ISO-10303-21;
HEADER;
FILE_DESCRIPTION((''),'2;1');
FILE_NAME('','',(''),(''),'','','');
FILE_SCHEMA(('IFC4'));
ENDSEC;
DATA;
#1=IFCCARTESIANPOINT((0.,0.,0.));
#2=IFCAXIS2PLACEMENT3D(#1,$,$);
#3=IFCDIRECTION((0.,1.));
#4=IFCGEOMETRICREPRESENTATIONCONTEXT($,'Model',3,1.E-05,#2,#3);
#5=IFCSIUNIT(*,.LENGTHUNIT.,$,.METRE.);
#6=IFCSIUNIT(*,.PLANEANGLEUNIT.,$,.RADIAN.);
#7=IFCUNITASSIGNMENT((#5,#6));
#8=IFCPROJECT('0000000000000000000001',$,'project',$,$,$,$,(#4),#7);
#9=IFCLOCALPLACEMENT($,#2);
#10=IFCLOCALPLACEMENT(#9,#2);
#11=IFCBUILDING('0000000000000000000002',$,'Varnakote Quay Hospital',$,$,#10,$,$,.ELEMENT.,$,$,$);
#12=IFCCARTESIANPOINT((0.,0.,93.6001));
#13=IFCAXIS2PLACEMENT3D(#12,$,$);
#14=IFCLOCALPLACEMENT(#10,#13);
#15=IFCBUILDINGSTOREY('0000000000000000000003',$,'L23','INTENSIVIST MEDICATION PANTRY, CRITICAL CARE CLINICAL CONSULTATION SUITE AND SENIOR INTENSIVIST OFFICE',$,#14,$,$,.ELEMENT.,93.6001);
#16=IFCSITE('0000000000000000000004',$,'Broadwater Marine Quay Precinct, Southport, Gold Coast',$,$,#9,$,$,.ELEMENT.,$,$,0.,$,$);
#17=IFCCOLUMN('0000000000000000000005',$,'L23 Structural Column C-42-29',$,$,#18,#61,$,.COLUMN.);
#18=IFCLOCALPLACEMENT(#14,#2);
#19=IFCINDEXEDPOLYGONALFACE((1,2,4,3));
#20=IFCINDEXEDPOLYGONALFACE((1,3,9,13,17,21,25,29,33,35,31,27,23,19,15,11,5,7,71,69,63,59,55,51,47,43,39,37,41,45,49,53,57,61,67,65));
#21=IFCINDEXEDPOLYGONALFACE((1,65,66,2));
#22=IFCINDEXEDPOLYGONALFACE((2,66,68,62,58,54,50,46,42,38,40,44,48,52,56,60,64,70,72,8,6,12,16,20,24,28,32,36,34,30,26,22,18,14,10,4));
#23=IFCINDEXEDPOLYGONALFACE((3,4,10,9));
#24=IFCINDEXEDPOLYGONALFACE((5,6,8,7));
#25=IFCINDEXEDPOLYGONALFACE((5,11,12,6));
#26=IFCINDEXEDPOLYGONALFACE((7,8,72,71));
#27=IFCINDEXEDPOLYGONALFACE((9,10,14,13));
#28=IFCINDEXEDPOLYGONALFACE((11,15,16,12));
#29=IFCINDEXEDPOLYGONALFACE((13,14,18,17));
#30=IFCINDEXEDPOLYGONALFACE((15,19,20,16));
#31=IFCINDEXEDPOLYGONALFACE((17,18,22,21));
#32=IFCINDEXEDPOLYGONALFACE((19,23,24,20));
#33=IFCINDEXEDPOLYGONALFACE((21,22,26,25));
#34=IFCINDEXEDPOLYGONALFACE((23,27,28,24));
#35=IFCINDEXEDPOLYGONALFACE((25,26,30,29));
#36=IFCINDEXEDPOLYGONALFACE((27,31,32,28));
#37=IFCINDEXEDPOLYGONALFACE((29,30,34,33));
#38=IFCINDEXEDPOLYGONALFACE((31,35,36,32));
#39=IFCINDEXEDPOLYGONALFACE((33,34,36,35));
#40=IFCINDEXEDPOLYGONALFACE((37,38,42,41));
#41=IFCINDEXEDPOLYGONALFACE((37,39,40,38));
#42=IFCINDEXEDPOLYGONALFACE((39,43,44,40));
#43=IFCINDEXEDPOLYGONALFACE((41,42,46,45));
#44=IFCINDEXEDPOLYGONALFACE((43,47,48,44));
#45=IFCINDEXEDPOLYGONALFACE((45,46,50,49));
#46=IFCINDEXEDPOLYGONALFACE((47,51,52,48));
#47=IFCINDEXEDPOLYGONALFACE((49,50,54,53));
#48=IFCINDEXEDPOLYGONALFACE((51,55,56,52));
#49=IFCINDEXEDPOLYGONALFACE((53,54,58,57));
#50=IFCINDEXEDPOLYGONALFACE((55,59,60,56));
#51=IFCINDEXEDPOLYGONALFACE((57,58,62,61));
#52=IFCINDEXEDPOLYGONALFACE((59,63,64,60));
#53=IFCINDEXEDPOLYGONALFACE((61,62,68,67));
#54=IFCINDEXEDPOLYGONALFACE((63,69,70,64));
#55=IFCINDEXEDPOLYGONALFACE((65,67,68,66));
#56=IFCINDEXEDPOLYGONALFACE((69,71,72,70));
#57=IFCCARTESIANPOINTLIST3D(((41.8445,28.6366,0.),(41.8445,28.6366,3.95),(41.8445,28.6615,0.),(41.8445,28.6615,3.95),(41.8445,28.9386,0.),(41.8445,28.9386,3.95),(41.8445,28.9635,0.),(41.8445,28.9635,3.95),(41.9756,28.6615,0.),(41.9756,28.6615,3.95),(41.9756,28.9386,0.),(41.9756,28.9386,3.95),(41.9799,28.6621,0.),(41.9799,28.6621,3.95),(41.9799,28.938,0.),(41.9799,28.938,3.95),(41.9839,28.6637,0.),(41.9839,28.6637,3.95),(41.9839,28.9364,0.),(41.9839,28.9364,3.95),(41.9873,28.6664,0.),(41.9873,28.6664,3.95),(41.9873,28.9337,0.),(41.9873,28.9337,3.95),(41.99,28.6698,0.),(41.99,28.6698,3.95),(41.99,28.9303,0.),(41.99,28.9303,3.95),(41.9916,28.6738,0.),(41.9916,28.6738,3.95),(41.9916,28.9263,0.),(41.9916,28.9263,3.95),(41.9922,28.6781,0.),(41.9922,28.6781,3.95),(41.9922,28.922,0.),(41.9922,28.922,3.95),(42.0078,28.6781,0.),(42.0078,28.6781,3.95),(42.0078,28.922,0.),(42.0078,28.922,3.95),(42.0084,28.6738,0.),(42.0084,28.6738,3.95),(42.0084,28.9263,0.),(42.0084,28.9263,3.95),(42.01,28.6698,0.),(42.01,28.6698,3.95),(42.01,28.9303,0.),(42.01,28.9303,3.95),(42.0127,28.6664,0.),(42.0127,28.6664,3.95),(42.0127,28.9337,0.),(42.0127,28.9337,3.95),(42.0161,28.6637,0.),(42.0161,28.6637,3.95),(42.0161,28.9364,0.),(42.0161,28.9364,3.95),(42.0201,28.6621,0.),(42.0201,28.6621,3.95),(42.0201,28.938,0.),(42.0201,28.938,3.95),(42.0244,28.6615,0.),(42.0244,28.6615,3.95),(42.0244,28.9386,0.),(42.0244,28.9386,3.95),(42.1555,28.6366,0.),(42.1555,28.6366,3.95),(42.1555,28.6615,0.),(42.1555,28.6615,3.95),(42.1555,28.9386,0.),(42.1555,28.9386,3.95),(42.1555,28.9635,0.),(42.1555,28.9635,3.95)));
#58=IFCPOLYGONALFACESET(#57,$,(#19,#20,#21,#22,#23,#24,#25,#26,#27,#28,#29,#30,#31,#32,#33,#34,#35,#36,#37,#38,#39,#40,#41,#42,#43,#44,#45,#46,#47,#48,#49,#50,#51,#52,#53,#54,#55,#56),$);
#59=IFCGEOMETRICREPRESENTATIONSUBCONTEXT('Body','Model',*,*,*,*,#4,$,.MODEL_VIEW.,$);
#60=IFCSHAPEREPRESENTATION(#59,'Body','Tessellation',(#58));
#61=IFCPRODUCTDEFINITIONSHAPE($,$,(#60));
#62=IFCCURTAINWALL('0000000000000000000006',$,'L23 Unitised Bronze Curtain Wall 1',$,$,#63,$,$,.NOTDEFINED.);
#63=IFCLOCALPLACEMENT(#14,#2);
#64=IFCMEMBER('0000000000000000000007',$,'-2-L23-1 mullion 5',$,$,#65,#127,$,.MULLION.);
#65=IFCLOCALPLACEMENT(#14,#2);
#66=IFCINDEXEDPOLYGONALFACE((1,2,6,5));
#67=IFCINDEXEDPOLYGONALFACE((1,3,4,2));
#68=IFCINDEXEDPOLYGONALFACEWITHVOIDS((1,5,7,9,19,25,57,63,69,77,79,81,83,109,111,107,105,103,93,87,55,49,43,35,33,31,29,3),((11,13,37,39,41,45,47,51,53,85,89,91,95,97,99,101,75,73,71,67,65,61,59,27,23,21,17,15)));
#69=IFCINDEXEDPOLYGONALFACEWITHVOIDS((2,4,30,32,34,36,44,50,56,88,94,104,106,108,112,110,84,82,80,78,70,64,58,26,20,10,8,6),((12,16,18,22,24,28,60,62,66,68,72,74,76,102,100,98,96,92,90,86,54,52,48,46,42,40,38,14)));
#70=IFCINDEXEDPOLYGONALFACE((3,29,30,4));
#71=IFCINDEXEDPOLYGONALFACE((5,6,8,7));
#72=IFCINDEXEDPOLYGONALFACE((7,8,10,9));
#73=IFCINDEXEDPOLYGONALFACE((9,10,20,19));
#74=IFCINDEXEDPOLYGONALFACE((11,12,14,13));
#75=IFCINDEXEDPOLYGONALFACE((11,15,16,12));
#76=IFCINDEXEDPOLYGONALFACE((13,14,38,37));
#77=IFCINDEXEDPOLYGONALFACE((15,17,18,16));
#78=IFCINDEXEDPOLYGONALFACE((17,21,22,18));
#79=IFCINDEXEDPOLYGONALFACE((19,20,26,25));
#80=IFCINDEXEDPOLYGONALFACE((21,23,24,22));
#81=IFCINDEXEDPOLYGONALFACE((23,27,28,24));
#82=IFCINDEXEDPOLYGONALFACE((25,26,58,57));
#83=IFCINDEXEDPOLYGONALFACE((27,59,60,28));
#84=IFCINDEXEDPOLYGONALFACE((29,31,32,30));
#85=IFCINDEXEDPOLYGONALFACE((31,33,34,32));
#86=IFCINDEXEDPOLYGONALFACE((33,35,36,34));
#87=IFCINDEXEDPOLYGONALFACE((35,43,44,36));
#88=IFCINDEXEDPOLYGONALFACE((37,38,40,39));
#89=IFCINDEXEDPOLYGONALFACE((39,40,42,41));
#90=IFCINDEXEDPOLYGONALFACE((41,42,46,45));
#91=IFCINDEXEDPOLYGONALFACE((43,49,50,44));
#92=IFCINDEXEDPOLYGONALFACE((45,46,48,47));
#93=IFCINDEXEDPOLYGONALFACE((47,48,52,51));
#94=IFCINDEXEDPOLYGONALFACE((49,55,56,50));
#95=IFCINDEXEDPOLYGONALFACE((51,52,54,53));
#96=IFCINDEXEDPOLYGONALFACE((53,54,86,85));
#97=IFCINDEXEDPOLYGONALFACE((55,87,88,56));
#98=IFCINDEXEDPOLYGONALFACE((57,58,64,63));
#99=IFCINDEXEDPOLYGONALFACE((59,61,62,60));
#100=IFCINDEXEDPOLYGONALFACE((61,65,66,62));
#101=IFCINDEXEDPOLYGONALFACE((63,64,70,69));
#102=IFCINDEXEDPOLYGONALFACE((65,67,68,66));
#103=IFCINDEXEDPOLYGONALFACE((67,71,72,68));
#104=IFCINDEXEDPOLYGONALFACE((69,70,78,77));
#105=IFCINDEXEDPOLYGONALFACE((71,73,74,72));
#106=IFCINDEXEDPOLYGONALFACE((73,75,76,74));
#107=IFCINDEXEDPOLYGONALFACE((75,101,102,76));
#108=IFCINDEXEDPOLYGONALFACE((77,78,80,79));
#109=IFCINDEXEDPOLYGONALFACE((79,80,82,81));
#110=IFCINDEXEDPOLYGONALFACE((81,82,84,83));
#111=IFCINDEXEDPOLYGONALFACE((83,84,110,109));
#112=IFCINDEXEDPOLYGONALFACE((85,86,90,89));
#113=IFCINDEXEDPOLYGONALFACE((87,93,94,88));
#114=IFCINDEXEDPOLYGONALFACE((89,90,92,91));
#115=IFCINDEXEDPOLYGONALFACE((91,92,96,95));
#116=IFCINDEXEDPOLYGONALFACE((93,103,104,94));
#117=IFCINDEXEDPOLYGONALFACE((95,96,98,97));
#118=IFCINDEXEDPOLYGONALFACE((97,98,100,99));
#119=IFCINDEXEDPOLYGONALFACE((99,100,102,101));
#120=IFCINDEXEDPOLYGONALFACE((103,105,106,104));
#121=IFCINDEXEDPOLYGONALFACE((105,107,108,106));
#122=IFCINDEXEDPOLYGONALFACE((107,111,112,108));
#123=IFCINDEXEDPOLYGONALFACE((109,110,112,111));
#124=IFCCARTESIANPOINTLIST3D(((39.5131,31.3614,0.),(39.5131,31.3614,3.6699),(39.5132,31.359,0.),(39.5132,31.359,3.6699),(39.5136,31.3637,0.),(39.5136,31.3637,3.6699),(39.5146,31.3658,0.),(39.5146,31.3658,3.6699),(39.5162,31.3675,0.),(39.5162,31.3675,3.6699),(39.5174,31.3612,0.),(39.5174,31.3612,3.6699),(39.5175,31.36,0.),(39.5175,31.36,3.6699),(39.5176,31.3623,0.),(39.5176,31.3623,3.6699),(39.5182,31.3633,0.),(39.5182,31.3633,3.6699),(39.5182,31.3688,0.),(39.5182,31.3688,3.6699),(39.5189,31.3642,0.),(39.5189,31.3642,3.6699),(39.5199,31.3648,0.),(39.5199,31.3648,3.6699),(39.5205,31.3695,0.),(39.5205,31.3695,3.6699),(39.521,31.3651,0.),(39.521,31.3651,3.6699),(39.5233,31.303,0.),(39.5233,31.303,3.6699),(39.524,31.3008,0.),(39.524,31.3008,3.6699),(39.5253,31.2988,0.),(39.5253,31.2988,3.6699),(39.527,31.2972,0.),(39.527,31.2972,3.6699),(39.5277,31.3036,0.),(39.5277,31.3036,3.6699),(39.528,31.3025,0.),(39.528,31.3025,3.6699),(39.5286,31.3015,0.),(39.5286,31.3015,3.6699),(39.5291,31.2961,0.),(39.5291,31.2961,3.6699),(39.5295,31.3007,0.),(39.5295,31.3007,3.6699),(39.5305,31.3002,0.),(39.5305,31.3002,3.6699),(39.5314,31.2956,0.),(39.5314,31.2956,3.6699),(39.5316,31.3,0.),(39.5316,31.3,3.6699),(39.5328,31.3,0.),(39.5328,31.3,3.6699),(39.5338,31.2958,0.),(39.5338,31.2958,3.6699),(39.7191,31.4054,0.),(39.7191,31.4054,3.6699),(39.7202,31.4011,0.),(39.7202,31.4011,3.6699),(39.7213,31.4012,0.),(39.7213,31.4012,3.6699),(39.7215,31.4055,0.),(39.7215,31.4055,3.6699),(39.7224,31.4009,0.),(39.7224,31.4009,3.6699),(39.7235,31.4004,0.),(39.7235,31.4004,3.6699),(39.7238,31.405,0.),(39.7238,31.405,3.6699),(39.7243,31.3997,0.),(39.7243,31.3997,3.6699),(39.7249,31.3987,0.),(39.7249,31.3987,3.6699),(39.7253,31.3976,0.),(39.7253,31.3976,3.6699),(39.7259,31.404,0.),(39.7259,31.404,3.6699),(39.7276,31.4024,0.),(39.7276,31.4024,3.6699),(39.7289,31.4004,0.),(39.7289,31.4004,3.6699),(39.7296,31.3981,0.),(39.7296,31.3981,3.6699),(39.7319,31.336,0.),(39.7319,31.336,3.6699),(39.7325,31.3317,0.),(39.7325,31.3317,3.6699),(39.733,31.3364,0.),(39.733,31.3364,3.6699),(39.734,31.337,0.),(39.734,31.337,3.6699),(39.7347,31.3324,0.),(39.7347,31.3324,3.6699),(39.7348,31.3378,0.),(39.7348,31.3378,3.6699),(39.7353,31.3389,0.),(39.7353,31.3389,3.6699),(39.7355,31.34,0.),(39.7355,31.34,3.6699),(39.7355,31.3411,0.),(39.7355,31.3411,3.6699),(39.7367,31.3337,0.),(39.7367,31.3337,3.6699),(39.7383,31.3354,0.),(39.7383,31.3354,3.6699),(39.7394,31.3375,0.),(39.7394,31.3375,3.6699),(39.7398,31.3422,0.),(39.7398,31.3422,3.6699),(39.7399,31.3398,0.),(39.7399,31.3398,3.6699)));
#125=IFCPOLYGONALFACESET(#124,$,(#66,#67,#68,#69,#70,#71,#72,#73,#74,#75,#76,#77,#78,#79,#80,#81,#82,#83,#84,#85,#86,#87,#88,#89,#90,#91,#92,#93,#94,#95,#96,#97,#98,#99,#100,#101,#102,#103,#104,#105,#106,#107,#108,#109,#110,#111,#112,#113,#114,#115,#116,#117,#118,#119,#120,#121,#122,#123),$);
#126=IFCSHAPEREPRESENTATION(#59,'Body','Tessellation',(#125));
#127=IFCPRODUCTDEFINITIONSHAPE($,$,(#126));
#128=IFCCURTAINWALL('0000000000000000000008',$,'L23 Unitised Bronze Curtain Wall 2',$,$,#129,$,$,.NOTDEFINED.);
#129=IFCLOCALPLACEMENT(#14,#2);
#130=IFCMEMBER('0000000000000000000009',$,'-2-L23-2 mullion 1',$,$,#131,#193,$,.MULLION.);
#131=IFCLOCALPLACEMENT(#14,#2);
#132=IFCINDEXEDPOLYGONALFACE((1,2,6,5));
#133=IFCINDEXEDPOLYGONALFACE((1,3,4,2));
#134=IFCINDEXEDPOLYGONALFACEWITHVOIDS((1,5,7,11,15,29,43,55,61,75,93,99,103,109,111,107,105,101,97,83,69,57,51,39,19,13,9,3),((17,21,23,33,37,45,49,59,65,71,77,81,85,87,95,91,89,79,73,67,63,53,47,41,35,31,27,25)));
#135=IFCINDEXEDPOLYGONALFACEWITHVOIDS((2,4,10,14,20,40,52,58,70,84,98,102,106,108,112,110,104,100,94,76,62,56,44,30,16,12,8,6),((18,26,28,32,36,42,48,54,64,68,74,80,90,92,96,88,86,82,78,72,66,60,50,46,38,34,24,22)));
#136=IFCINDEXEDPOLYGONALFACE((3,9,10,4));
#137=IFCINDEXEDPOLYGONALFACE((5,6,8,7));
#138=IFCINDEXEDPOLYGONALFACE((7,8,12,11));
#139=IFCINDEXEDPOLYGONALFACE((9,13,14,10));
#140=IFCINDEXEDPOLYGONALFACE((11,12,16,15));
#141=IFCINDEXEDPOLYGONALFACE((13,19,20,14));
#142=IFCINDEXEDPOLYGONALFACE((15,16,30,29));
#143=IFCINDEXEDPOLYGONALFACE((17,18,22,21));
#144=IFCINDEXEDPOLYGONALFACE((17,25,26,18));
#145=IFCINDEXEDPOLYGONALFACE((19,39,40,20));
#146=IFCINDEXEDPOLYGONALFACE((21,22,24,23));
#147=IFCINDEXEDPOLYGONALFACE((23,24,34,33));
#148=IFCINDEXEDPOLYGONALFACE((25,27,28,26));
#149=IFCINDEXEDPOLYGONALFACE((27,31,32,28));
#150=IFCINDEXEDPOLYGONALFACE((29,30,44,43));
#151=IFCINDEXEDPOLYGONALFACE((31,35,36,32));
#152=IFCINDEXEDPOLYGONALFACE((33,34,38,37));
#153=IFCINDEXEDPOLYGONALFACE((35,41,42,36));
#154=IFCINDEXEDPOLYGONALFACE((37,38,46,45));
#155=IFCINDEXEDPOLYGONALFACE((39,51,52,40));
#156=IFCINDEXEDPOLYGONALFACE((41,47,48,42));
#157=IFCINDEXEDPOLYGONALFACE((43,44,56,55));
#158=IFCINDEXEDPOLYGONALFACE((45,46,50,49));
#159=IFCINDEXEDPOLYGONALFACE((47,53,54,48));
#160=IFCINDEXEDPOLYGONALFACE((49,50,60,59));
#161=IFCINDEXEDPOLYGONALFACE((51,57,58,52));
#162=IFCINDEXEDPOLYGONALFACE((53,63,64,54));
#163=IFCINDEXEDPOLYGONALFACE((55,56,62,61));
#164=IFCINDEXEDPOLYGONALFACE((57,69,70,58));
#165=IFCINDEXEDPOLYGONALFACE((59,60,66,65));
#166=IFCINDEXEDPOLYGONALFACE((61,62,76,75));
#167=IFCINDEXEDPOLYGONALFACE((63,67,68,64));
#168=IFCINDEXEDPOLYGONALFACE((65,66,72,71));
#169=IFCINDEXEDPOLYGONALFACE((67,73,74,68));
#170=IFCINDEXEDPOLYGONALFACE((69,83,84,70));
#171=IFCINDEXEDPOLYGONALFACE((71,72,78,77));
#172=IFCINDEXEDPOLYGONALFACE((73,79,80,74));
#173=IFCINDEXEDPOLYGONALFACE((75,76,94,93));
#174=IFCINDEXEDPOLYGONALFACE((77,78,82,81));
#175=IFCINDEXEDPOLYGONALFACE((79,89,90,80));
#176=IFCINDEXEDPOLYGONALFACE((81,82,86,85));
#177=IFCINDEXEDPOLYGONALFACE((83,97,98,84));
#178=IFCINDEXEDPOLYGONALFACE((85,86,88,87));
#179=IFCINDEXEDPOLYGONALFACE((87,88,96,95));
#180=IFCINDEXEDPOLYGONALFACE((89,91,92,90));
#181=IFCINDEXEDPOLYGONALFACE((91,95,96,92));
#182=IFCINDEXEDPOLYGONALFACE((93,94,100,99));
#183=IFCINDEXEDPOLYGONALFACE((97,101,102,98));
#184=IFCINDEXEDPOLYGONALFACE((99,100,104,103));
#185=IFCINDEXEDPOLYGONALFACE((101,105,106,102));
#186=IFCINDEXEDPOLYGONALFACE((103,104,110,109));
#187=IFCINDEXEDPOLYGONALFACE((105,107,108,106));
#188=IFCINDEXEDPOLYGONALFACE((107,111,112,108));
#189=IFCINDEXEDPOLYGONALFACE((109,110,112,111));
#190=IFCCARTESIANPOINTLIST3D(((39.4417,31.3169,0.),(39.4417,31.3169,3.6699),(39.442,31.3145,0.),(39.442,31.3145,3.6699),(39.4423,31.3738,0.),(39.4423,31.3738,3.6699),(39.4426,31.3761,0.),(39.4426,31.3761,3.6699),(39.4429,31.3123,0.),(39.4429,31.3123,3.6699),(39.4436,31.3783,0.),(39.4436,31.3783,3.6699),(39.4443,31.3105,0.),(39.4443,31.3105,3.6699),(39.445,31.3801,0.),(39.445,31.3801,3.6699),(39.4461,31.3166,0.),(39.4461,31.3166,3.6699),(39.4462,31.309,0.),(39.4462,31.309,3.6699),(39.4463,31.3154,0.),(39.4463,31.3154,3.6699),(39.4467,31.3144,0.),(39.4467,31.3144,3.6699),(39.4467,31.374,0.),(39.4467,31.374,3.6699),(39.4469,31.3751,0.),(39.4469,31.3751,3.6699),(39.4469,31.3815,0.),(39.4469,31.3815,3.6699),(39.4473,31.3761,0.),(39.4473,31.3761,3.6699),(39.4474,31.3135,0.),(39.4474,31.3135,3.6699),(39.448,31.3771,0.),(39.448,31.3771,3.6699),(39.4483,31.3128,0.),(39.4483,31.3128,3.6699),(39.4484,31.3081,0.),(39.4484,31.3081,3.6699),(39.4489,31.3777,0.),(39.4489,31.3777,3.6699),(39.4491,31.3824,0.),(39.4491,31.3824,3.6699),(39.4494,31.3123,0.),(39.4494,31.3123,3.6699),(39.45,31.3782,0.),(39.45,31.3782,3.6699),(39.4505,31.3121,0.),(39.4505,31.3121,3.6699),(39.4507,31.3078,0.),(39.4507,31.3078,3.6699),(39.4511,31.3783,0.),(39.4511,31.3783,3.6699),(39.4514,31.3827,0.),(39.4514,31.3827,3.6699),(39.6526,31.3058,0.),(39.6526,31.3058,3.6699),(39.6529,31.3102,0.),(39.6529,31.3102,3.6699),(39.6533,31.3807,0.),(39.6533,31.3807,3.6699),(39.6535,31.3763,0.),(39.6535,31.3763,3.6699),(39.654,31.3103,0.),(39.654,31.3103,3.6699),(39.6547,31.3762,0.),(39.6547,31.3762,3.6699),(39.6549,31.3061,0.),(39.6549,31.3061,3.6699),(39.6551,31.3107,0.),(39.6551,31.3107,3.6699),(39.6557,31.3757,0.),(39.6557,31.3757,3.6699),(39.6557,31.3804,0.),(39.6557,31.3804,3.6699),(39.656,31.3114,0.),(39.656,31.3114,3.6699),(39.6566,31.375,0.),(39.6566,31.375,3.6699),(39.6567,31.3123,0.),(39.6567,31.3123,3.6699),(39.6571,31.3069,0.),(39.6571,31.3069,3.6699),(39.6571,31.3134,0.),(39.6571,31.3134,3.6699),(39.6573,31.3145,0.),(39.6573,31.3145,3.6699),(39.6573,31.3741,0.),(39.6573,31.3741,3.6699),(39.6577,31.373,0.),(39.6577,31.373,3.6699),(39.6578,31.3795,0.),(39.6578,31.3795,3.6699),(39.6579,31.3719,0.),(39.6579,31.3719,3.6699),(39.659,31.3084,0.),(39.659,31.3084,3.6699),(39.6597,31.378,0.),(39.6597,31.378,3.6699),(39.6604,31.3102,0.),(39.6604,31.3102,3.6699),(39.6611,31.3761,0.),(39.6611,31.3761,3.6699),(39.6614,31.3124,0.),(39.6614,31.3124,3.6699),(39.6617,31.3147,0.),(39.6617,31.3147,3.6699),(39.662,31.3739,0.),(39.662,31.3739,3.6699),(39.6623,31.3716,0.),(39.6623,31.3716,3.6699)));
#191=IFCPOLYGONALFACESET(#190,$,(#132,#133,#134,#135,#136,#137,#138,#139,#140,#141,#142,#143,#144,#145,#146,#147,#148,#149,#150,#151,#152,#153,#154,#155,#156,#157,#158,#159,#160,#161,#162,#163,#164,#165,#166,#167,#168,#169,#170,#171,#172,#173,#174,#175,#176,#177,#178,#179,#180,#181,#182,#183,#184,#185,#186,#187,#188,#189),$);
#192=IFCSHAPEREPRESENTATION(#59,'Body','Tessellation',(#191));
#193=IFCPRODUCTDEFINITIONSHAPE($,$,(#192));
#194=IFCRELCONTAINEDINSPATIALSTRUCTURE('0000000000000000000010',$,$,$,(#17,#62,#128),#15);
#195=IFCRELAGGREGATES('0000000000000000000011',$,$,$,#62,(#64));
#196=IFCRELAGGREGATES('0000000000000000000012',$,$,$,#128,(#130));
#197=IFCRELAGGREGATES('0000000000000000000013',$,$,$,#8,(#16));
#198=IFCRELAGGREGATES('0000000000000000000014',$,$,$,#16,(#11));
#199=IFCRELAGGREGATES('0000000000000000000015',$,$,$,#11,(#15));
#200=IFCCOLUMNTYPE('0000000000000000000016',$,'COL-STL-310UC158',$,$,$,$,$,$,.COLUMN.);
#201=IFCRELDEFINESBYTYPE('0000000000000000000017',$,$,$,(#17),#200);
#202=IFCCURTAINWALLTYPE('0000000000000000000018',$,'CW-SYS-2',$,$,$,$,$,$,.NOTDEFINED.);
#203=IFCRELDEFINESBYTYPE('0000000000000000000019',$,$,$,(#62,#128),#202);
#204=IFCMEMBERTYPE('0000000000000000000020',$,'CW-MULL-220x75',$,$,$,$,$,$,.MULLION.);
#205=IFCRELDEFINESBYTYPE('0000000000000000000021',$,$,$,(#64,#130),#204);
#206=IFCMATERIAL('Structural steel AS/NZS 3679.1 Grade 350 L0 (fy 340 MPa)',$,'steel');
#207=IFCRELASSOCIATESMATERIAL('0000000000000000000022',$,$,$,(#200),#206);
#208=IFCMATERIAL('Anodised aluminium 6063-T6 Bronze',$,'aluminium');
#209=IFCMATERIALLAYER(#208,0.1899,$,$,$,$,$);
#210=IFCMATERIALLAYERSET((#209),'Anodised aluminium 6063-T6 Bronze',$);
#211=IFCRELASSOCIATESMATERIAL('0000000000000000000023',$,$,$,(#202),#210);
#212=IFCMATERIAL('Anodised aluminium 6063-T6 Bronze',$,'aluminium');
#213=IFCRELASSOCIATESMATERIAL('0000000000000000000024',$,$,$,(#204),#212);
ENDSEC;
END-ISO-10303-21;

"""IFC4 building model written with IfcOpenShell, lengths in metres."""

from ifc_helpers import new_model, si_unit, direction, frame, origin, origin_2d, place, context, subcontext, project, spatial, hollow_rectangle, i_section, extrude, material, layer, layer_set, material_profile, profile_set, type_object, element, aggregate, save


model = new_model("IFC4")

# Units and contexts
model_context = context("Model", 3, precision=1e-05, world=origin(), true_north=direction((0.0, 1.0)))
body_context = subcontext(model_context, "Body", "Model", "MODEL_VIEW")
ifc_project = project(units=[si_unit("LENGTHUNIT", "METRE"), si_unit("PLANEANGLEUNIT", "RADIAN")], contexts=[model_context])

# Site, building, storey
site_placement = place(None, origin())
site = spatial("IfcSite", under=ifc_project, at=site_placement, Name="Broadwater Marine Quay Precinct, Southport, Gold Coast", CompositionType="ELEMENT", RefElevation=0.0)
building_placement = place(site_placement, origin())
building = spatial("IfcBuilding", under=site, at=building_placement, Name="Varnakote Quay Hospital", CompositionType="ELEMENT")
storey_placement = place(building_placement, frame((0.0, 0.0, 93.6001)))
storey = spatial("IfcBuildingStorey", under=building, at=storey_placement, Name="L23", Description="INTENSIVIST MEDICATION PANTRY, CRITICAL CARE CLINICAL CONSULTATION SUITE AND SENIOR INTENSIVIST OFFICE", CompositionType="ELEMENT", Elevation=93.6001)

# Column
ifc_material_1 = material(Name="Structural steel AS/NZS 3679.1 Grade 350 L0 (fy 340 MPa)", Category="steel")
ifc_material_profile_1 = material_profile(ifc_material_1, i_section(OverallWidth=0.311, OverallDepth=0.3269, WebThickness=0.0156, FlangeThickness=0.0249, FilletRadius=0.0166, at=origin_2d()), Name="310UC158")
ifc_profile_set_1 = profile_set([ifc_material_profile_1], Name="Structural steel AS/NZS 3679.1 Grade 350 L0 (fy 340 MPa)")
column_type = type_object("IfcColumnType", Name="COL-STL-310UC158", PredefinedType="COLUMN", material=ifc_profile_set_1)
column_placement = place(storey_placement, frame((42.0, 28.8, 0.0), z_axis=(0.0, 0.0, 1.0), x_axis=(1.0, 0.0, 0.0)))
element("IfcColumn", 1, at=column_placement, inside=storey, type_object=column_type, Name="L23 Structural Column C-42-29", PredefinedType="COLUMN", context=body_context, shape_type="SweptSolid", body=[
    extrude(i_section(OverallWidth=0.311, OverallDepth=0.3269, WebThickness=0.0156, FlangeThickness=0.0249, FilletRadius=0.0166, at=origin_2d()), origin(), (0.0, 0.0, 1.0), 3.95),
])

# Curtain wall, member
ifc_material_2 = material(Name="Anodised aluminium 6063-T6 Bronze", Category="aluminium")
ifc_layer_1 = layer(ifc_material_2, 0.1899)
ifc_layer_set_1 = layer_set([ifc_layer_1], Name="Anodised aluminium 6063-T6 Bronze")
curtain_wall_type = type_object("IfcCurtainWallType", Name="CW-SYS-2", PredefinedType="NOTDEFINED", material=ifc_layer_set_1)
curtain_wall_1_placement = place(storey_placement, origin())
curtain_wall_1 = element("IfcCurtainWall", 2, at=curtain_wall_1_placement, inside=storey, type_object=curtain_wall_type, Name="L23 Unitised Bronze Curtain Wall 1", PredefinedType="NOTDEFINED")
ifc_material_3 = material(Name="Anodised aluminium 6063-T6 Bronze", Category="aluminium")
ifc_material_profile_2 = material_profile(ifc_material_3, hollow_rectangle(XDim=0.075, YDim=0.22, WallThickness=0.0044, InnerFilletRadius=0.0044, OuterFilletRadius=0.009, at=origin_2d()), Name="CW-MULL-220x75")
ifc_profile_set_2 = profile_set([ifc_material_profile_2], Name="Anodised aluminium 6063-T6 Bronze")
member_type_1 = type_object("IfcMemberType", Name="CW-MULL-220x75", PredefinedType="MULLION", material=ifc_profile_set_2)
member_1_placement = place(storey_placement, frame((39.6265, 31.3506, 0.0), z_axis=(0.0, 0.0, 1.0), x_axis=(0.177846, -0.984058, 0.0)))
member_1 = element("IfcMember", 3, at=member_1_placement, type_object=member_type_1, Name="-2-L23-1 mullion 5", PredefinedType="MULLION", context=body_context, shape_type="SweptSolid", body=[
    extrude(hollow_rectangle(XDim=0.075, YDim=0.22, WallThickness=0.0044, InnerFilletRadius=0.0044, OuterFilletRadius=0.009, at=origin_2d()), origin(), (0.0, 0.0, 1.0), 3.6699),
])

# Curtain wall, member
curtain_wall_2_placement = place(storey_placement, origin())
curtain_wall_2 = element("IfcCurtainWall", 4, at=curtain_wall_2_placement, inside=storey, type_object=curtain_wall_type, Name="L23 Unitised Bronze Curtain Wall 2", PredefinedType="NOTDEFINED")
member_2_placement = place(storey_placement, frame((39.552, 31.3442, 0.0), z_axis=(0.0, 0.0, 1.0), x_axis=(-0.009774, -0.999952, 0.0)))
member_2 = element("IfcMember", 5, at=member_2_placement, type_object=member_type_1, Name="-2-L23-2 mullion 1", PredefinedType="MULLION", context=body_context, shape_type="SweptSolid", body=[
    extrude(hollow_rectangle(XDim=0.075, YDim=0.22, WallThickness=0.0044, InnerFilletRadius=0.0044, OuterFilletRadius=0.009, at=origin_2d()), origin(), (0.0, 0.0, 1.0), 3.6699),
])

aggregate(curtain_wall_1, [member_1])
aggregate(curtain_wall_2, [member_2])

save(model, "model.ifc")
